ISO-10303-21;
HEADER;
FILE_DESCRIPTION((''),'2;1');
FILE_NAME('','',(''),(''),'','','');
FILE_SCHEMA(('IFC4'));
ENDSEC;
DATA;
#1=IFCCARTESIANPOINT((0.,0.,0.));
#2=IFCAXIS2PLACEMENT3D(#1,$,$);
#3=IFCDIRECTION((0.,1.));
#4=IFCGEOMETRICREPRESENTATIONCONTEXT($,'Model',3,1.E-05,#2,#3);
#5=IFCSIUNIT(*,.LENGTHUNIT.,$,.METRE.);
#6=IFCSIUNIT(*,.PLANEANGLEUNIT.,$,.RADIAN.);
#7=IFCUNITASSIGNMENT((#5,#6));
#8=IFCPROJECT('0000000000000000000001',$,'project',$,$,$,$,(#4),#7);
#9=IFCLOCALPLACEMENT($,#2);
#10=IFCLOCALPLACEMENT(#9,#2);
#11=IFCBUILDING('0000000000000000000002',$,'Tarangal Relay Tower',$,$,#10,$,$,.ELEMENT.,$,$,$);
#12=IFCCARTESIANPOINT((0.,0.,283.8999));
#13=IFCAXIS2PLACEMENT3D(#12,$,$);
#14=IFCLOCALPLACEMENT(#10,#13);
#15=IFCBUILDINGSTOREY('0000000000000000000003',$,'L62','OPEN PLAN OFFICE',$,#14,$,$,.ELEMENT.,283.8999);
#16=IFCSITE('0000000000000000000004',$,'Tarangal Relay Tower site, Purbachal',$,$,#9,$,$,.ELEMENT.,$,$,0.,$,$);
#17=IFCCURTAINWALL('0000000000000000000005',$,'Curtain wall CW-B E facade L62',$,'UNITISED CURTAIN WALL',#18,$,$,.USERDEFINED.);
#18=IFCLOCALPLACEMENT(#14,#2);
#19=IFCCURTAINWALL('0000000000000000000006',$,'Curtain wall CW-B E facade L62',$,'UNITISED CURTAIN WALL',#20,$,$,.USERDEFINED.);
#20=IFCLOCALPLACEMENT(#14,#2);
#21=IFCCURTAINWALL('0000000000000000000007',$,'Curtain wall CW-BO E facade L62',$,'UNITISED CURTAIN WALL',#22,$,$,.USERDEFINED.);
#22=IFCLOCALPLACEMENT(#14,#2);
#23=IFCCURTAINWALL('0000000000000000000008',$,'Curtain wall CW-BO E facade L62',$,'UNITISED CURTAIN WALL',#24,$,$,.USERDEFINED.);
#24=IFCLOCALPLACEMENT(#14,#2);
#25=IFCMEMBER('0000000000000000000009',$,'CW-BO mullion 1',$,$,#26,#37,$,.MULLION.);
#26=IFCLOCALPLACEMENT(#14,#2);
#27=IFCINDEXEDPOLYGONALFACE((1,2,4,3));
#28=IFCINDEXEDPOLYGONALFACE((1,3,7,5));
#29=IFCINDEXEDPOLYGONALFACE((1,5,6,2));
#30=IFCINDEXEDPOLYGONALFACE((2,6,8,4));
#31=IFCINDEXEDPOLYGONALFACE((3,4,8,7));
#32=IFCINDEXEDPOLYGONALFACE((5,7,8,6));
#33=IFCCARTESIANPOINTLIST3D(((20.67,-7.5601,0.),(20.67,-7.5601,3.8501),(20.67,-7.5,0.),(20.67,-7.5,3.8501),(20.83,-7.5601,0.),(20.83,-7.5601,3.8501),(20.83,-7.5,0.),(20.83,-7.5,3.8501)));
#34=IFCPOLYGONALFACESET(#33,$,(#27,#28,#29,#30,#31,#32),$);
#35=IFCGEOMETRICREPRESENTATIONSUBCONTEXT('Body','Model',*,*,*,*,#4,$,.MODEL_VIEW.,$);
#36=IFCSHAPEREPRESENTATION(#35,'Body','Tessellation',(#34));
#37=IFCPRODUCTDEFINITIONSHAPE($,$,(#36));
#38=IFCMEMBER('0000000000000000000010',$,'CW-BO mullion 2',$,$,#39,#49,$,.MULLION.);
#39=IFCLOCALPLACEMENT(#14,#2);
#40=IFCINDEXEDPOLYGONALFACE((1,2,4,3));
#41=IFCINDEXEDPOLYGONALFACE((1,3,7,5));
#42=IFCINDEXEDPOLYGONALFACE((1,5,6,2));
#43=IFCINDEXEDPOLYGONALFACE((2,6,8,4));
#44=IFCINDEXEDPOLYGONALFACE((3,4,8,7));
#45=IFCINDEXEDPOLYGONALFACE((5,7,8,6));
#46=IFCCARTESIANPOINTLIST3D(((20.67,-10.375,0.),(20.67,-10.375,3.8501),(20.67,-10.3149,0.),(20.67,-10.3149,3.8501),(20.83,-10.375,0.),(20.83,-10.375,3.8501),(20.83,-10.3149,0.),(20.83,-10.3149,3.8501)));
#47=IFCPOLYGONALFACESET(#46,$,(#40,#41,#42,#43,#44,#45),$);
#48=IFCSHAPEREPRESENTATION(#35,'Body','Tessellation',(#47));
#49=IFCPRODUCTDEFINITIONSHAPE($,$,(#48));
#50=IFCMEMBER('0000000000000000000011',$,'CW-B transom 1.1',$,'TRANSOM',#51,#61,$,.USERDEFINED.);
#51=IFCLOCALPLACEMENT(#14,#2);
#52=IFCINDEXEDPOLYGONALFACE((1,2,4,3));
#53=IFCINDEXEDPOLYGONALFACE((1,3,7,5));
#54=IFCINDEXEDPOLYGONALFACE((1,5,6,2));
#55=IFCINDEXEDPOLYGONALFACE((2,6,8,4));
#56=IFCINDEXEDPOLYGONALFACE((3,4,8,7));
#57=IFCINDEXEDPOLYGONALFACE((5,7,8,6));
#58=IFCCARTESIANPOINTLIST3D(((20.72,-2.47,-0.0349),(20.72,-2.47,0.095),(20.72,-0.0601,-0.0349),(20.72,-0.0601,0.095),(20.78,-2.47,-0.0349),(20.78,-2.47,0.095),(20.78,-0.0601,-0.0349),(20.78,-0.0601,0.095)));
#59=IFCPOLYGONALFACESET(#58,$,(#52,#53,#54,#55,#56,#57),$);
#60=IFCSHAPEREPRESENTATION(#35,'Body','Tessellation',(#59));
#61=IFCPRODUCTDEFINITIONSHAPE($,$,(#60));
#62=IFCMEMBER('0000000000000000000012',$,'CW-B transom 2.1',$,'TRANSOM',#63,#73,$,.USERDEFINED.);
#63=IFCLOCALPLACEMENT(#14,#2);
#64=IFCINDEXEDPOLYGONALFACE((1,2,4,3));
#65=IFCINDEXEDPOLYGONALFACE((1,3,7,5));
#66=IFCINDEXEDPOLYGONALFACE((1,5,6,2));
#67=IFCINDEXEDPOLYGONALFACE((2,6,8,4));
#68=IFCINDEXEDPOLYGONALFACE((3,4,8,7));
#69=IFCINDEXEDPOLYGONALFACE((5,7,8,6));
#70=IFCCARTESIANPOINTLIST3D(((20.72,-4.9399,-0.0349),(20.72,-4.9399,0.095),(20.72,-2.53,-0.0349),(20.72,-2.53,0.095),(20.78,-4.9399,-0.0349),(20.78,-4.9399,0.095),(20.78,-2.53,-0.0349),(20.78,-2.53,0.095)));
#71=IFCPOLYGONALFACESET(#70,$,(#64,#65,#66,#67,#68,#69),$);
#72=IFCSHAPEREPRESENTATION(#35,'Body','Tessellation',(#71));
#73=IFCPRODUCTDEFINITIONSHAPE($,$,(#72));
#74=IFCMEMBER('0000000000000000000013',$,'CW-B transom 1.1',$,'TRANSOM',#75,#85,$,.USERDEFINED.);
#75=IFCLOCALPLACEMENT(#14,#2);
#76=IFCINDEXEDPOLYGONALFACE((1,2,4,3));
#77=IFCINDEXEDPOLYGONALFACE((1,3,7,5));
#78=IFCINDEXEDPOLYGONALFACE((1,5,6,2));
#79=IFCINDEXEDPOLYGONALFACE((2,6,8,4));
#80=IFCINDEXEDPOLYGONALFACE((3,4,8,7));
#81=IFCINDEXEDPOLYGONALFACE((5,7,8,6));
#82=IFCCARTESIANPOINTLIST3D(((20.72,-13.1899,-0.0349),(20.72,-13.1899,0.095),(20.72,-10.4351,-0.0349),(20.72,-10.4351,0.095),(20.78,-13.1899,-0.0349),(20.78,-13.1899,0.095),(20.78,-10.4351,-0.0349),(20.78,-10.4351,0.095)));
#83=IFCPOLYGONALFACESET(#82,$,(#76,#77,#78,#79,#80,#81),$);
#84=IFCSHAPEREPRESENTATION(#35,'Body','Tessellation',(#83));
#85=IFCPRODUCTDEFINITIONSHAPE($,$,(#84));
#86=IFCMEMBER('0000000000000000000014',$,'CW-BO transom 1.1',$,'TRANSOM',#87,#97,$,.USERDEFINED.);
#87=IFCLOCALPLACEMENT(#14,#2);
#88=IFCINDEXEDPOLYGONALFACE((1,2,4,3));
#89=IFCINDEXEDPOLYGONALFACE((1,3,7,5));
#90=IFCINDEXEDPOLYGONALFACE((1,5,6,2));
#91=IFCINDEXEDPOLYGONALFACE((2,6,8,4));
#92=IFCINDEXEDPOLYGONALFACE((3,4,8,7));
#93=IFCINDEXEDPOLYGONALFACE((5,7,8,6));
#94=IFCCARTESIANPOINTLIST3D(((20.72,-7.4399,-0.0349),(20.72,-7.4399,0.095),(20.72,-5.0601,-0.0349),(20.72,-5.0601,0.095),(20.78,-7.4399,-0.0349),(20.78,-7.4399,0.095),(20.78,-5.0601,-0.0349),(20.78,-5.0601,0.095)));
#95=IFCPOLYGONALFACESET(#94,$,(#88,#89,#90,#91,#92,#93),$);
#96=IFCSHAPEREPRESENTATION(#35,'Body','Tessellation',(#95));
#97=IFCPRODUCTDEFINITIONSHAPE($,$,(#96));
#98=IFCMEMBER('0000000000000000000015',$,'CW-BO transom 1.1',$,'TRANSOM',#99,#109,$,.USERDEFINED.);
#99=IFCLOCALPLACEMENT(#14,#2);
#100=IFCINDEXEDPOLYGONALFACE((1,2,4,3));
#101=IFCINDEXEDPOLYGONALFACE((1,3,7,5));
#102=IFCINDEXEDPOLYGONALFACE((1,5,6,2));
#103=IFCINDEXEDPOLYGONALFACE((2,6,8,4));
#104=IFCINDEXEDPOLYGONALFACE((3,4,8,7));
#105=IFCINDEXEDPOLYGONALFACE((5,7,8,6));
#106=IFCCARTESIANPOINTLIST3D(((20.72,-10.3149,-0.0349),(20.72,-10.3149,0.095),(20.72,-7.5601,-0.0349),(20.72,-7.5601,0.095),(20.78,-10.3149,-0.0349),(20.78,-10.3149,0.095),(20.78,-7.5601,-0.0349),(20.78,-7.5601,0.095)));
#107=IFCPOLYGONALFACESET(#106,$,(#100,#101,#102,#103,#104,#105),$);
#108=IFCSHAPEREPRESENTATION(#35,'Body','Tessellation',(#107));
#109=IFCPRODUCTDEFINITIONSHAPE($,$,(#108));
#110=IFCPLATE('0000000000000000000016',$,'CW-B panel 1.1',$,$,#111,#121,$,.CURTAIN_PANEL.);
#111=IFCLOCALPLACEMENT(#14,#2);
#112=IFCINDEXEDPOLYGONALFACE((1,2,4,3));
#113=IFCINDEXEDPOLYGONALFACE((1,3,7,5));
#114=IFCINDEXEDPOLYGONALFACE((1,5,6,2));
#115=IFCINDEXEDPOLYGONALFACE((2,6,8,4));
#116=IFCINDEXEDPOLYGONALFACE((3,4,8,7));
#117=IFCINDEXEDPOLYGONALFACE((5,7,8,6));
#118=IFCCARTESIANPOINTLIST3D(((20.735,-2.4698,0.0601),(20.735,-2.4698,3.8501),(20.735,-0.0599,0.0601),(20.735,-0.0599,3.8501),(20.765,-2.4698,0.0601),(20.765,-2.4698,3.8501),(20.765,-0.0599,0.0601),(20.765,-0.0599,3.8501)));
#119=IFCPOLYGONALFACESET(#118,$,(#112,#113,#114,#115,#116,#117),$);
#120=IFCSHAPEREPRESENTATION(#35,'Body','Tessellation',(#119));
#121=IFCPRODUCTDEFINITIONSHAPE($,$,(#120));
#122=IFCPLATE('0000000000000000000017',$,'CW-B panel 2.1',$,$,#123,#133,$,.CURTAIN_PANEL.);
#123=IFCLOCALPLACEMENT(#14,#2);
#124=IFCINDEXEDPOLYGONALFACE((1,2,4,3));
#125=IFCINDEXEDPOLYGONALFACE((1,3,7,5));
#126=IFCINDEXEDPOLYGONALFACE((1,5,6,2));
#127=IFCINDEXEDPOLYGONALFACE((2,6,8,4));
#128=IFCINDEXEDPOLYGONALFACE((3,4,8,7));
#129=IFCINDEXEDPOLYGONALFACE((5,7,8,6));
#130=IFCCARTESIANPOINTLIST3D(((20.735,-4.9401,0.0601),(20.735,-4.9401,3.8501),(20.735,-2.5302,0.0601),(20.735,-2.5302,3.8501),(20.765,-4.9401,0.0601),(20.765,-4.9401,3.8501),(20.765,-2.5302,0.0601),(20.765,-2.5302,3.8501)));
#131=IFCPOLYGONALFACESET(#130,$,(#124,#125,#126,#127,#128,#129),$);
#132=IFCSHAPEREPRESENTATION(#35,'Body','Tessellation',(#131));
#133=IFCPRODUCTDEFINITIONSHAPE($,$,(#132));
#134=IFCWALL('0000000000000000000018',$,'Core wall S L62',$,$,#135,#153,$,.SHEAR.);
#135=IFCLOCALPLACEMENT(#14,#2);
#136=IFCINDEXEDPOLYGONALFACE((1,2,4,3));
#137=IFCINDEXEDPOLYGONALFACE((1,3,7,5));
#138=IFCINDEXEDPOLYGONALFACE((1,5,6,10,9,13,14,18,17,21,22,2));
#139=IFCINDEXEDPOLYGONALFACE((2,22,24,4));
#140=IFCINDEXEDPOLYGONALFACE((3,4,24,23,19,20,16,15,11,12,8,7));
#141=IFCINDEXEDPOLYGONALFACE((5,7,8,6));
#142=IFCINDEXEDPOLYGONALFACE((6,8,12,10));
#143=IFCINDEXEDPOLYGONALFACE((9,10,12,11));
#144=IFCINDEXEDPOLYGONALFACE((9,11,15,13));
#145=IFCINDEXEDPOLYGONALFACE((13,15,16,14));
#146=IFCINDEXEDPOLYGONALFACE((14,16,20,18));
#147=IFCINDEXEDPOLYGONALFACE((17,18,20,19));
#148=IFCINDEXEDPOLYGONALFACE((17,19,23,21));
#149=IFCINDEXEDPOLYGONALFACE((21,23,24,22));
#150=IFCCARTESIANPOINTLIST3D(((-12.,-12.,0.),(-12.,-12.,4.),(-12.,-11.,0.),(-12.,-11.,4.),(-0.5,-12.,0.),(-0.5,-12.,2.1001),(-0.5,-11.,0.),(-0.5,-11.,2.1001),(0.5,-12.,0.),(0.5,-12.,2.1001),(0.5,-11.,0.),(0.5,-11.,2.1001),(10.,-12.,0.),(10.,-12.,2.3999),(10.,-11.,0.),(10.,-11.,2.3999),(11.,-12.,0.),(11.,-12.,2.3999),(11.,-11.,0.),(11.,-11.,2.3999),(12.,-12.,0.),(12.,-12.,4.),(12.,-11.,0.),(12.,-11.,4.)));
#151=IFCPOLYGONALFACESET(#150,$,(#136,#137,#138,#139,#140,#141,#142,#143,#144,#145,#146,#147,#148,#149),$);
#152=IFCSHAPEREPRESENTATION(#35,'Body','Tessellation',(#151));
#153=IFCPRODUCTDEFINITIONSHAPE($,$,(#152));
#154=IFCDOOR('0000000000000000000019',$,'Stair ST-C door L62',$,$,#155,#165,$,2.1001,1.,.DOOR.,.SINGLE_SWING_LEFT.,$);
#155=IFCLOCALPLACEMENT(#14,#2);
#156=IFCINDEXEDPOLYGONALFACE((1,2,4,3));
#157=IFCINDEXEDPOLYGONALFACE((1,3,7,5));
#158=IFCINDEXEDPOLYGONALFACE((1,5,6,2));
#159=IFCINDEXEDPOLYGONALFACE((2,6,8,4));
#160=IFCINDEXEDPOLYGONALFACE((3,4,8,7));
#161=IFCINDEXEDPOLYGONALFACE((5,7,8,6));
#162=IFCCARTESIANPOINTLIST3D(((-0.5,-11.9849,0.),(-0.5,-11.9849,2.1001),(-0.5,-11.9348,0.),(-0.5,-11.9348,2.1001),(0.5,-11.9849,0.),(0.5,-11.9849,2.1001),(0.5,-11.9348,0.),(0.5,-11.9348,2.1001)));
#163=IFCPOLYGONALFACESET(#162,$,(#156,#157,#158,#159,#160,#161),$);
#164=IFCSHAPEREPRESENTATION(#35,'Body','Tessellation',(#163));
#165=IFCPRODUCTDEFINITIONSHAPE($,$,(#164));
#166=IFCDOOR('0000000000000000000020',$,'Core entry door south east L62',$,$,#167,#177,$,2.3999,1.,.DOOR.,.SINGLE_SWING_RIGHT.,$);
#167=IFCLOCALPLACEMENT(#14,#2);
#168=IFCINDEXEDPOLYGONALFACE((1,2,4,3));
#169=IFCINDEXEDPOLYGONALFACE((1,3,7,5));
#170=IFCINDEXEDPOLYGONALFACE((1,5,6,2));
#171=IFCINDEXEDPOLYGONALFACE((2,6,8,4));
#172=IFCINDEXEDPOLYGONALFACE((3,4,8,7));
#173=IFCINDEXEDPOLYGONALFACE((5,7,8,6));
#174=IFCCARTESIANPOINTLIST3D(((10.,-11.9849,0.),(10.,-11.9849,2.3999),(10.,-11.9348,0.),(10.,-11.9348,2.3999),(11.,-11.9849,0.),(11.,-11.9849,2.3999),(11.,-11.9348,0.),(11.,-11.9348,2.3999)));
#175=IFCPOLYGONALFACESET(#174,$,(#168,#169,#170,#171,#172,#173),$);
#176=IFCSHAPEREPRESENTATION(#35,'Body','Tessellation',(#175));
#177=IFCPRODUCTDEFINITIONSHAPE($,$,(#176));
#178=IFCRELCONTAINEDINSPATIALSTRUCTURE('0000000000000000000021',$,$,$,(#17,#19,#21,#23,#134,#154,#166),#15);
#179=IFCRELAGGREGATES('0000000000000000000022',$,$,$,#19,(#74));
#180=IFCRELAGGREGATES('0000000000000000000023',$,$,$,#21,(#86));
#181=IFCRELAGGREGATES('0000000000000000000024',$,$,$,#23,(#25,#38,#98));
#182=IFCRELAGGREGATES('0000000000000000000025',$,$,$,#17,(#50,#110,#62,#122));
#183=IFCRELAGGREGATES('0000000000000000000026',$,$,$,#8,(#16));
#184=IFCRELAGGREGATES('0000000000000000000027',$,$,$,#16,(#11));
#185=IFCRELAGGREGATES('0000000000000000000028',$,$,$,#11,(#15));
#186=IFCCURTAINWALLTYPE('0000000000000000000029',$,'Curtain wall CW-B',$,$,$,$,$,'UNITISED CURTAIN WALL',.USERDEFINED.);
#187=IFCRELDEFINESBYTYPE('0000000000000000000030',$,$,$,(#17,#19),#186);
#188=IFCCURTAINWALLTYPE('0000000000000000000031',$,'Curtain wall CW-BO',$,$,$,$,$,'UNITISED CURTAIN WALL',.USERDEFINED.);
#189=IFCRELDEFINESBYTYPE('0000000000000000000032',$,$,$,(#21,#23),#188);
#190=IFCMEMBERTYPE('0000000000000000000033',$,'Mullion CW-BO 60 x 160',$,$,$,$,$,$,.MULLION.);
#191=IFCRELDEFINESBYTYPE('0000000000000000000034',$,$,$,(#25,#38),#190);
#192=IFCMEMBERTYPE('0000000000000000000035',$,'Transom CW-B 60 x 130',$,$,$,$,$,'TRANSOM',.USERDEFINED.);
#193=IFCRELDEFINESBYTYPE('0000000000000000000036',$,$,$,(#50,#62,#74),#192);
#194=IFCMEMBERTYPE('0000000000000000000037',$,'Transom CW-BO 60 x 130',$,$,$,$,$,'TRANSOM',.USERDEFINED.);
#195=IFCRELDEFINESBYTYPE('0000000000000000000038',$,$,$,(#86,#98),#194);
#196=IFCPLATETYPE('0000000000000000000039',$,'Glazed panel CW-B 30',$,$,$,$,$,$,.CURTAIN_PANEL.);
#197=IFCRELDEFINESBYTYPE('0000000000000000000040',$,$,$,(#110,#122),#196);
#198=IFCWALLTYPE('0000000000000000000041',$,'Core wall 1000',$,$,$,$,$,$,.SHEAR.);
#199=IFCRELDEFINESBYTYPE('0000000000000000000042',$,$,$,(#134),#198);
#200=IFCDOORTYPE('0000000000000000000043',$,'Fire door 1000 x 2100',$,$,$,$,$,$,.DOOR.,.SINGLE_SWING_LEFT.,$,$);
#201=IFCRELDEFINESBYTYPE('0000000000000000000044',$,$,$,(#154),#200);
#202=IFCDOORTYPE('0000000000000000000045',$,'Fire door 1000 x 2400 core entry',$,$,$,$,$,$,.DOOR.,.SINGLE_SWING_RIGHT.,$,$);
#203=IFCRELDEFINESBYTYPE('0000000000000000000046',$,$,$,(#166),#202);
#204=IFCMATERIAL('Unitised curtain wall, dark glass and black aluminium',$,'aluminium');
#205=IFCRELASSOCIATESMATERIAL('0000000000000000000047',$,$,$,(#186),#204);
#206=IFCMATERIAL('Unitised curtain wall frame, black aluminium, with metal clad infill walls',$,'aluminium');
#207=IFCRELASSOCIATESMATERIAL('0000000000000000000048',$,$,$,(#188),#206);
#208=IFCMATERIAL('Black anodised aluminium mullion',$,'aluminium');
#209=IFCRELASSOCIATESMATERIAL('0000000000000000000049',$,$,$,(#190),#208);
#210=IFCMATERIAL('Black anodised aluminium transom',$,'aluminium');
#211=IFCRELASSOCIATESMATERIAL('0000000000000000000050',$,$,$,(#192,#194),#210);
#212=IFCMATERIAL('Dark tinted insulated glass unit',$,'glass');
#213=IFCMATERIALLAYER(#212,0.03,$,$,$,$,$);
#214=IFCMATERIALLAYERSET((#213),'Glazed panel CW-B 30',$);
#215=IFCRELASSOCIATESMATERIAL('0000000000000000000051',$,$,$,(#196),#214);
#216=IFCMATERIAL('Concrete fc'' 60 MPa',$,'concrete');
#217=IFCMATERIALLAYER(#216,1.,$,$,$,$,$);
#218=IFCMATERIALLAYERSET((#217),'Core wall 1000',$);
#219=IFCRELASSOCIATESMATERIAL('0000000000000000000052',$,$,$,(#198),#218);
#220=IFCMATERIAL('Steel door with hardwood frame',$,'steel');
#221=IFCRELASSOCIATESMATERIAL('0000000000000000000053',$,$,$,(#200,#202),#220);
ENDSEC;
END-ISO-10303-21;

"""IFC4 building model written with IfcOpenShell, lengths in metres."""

from ifc_helpers import new_model, si_unit, direction, frame, frame_2d, origin, origin_2d, place, context, subcontext, project, spatial, rectangle, extrude, material, layer, layer_set, material_profile, profile_set, type_object, element, fill, aggregate, save


model = new_model("IFC4")

# Units and contexts
model_context = context("Model", 3, precision=1e-05, world=origin(), true_north=direction((0.0, 1.0)))
body_context = subcontext(model_context, "Body", "Model", "MODEL_VIEW")
ifc_project = project(units=[si_unit("LENGTHUNIT", "METRE"), si_unit("PLANEANGLEUNIT", "RADIAN")], contexts=[model_context])

# Site, building, storey
site_placement = place(None, origin())
site = spatial("IfcSite", under=ifc_project, at=site_placement, Name="Tarangal Relay Tower site, Purbachal", CompositionType="ELEMENT", RefElevation=0.0)
building_placement = place(site_placement, origin())
building = spatial("IfcBuilding", under=site, at=building_placement, Name="Tarangal Relay Tower", CompositionType="ELEMENT")
storey_placement = place(building_placement, frame((0.0, 0.0, 283.8999)))
storey = spatial("IfcBuildingStorey", under=building, at=storey_placement, Name="L62", Description="OPEN PLAN OFFICE", CompositionType="ELEMENT", Elevation=283.8999)

# Curtain wall
ifc_material_1 = material(Name="Unitised curtain wall, dark glass and black aluminium", Category="aluminium")
curtain_wall_type_1 = type_object("IfcCurtainWallType", Name="Curtain wall CW-B", ElementType="UNITISED CURTAIN WALL", PredefinedType="USERDEFINED", material=ifc_material_1)
curtain_wall_1_placement = place(storey_placement, origin())
curtain_wall_1 = element("IfcCurtainWall", 1, at=curtain_wall_1_placement, inside=storey, type_object=curtain_wall_type_1, Name="Curtain wall CW-B E facade L62", ObjectType="UNITISED CURTAIN WALL", PredefinedType="USERDEFINED")
ifc_material_2 = material(Name="Black anodised aluminium mullion", Category="aluminium")

# Curtain wall
curtain_wall_2_placement = place(storey_placement, origin())
curtain_wall_2 = element("IfcCurtainWall", 2, at=curtain_wall_2_placement, inside=storey, type_object=curtain_wall_type_1, Name="Curtain wall CW-B E facade L62", ObjectType="UNITISED CURTAIN WALL", PredefinedType="USERDEFINED")

# Curtain walls, members
ifc_material_3 = material(Name="Unitised curtain wall frame, black aluminium, with metal clad infill walls", Category="aluminium")
curtain_wall_type_2 = type_object("IfcCurtainWallType", Name="Curtain wall CW-BO", ElementType="UNITISED CURTAIN WALL", PredefinedType="USERDEFINED", material=ifc_material_3)
curtain_wall_3_placement = place(storey_placement, origin())
curtain_wall_3 = element("IfcCurtainWall", 3, at=curtain_wall_3_placement, inside=storey, type_object=curtain_wall_type_2, Name="Curtain wall CW-BO E facade L62", ObjectType="UNITISED CURTAIN WALL", PredefinedType="USERDEFINED")
ifc_material_profile_1 = material_profile(ifc_material_2, rectangle(XDim=0.1599, YDim=0.0601, at=origin_2d()), Name="CW-BOM 60X160")
ifc_profile_set_1 = profile_set([ifc_material_profile_1], Name="Black anodised aluminium mullion")
member_type_1 = type_object("IfcMemberType", Name="Mullion CW-BO 60 x 160", PredefinedType="MULLION", material=ifc_profile_set_1)
curtain_wall_4_placement = place(storey_placement, origin())
curtain_wall_4 = element("IfcCurtainWall", 4, at=curtain_wall_4_placement, inside=storey, type_object=curtain_wall_type_2, Name="Curtain wall CW-BO E facade L62", ObjectType="UNITISED CURTAIN WALL", PredefinedType="USERDEFINED")
member_1_placement = place(storey_placement, frame((20.75, -7.53, 0.0), z_axis=(0.0, 0.0, 1.0), x_axis=(1.0, 0.0, 0.0)))
member_1 = element("IfcMember", 5, at=member_1_placement, type_object=member_type_1, Name="CW-BO mullion 1", PredefinedType="MULLION", context=body_context, shape_type="SweptSolid", body=[
    extrude(rectangle(XDim=0.1599, YDim=0.0601, at=origin_2d()), origin(), (0.0, 0.0, 1.0), 3.8501),
])
member_2_placement = place(storey_placement, frame((20.75, -10.345, 0.0), z_axis=(0.0, 0.0, 1.0), x_axis=(1.0, 0.0, 0.0)))
member_2 = element("IfcMember", 6, at=member_2_placement, type_object=member_type_1, Name="CW-BO mullion 2", PredefinedType="MULLION", context=body_context, shape_type="SweptSolid", body=[
    extrude(rectangle(XDim=0.1599, YDim=0.0601, at=origin_2d()), origin(), (0.0, 0.0, 1.0), 3.8501),
])

# Members
ifc_material_4 = material(Name="Black anodised aluminium transom", Category="aluminium")
ifc_material_profile_2 = material_profile(ifc_material_4, rectangle(XDim=0.0601, YDim=0.1299, at=origin_2d()), Name="CW-BT 60X130")
ifc_profile_set_2 = profile_set([ifc_material_profile_2], Name="Black anodised aluminium transom")
member_type_2 = type_object("IfcMemberType", Name="Transom CW-B 60 x 130", ElementType="TRANSOM", PredefinedType="USERDEFINED", material=ifc_profile_set_2)
member_3_placement = place(storey_placement, frame((20.75, -0.0601, 0.03), z_axis=(0.0, -1.0, 0.0), x_axis=(1.0, 0.0, 0.0)))
member_3 = element("IfcMember", 7, at=member_3_placement, type_object=member_type_2, Name="CW-B transom 1.1", ObjectType="TRANSOM", PredefinedType="USERDEFINED", context=body_context, shape_type="SweptSolid", body=[
    extrude(rectangle(XDim=0.0601, YDim=0.1299, at=origin_2d()), origin(), (0.0, 0.0, 1.0), 2.4099),
])
member_4_placement = place(storey_placement, frame((20.75, -2.53, 0.03), z_axis=(0.0, -1.0, 0.0), x_axis=(1.0, 0.0, 0.0)))
member_4 = element("IfcMember", 8, at=member_4_placement, type_object=member_type_2, Name="CW-B transom 2.1", ObjectType="TRANSOM", PredefinedType="USERDEFINED", context=body_context, shape_type="SweptSolid", body=[
    extrude(rectangle(XDim=0.0601, YDim=0.1299, at=origin_2d()), origin(), (0.0, 0.0, 1.0), 2.4099),
])
member_5_placement = place(storey_placement, frame((20.75, -10.4351, 0.03), z_axis=(0.0, -1.0, 0.0), x_axis=(1.0, 0.0, 0.0)))
member_5 = element("IfcMember", 9, at=member_5_placement, type_object=member_type_2, Name="CW-B transom 1.1", ObjectType="TRANSOM", PredefinedType="USERDEFINED", context=body_context, shape_type="SweptSolid", body=[
    extrude(rectangle(XDim=0.0601, YDim=0.1299, at=origin_2d()), origin(), (0.0, 0.0, 1.0), 2.7549),
])
aggregate(curtain_wall_2, [member_5])
ifc_material_profile_3 = material_profile(ifc_material_4, rectangle(XDim=0.0601, YDim=0.1299, at=origin_2d()), Name="CW-BOT 60X130")
ifc_profile_set_3 = profile_set([ifc_material_profile_3], Name="Black anodised aluminium transom")
member_type_3 = type_object("IfcMemberType", Name="Transom CW-BO 60 x 130", ElementType="TRANSOM", PredefinedType="USERDEFINED", material=ifc_profile_set_3)
member_6_placement = place(storey_placement, frame((20.75, -5.0601, 0.03), z_axis=(0.0, -1.0, 0.0), x_axis=(1.0, 0.0, 0.0)))
member_6 = element("IfcMember", 10, at=member_6_placement, type_object=member_type_3, Name="CW-BO transom 1.1", ObjectType="TRANSOM", PredefinedType="USERDEFINED", context=body_context, shape_type="SweptSolid", body=[
    extrude(rectangle(XDim=0.0601, YDim=0.1299, at=origin_2d()), origin(), (0.0, 0.0, 1.0), 2.3799),
])
aggregate(curtain_wall_3, [member_6])
member_7_placement = place(storey_placement, frame((20.75, -7.5601, 0.03), z_axis=(0.0, -1.0, 0.0), x_axis=(1.0, 0.0, 0.0)))
member_7 = element("IfcMember", 11, at=member_7_placement, type_object=member_type_3, Name="CW-BO transom 1.1", ObjectType="TRANSOM", PredefinedType="USERDEFINED", context=body_context, shape_type="SweptSolid", body=[
    extrude(rectangle(XDim=0.0601, YDim=0.1299, at=origin_2d()), origin(), (0.0, 0.0, 1.0), 2.7549),
])
aggregate(curtain_wall_4, [member_1, member_2, member_7])

# Plates
ifc_material_5 = material(Name="Dark tinted insulated glass unit", Category="glass")
ifc_layer_1 = layer(ifc_material_5, 0.03)
ifc_layer_set_1 = layer_set([ifc_layer_1], Name="Glazed panel CW-B 30")
plate_type = type_object("IfcPlateType", Name="Glazed panel CW-B 30", PredefinedType="CURTAIN_PANEL", material=ifc_layer_set_1)
plate_1_placement = place(storey_placement, frame((20.75, -1.2649, 0.0601), z_axis=(0.0, 0.0, 1.0), x_axis=(0.0, -1.0, 0.0)))
plate_1 = element("IfcPlate", 12, at=plate_1_placement, type_object=plate_type, Name="CW-B panel 1.1", PredefinedType="CURTAIN_PANEL", context=body_context, shape_type="SweptSolid", body=[
    extrude(rectangle(XDim=2.4099, YDim=0.03, at=origin_2d()), origin(), (0.0, 0.0, 1.0), 3.79),
])
plate_2_placement = place(storey_placement, frame((20.75, -3.7351, 0.0601), z_axis=(0.0, 0.0, 1.0), x_axis=(0.0, -1.0, 0.0)))
plate_2 = element("IfcPlate", 13, at=plate_2_placement, type_object=plate_type, Name="CW-B panel 2.1", PredefinedType="CURTAIN_PANEL", context=body_context, shape_type="SweptSolid", body=[
    extrude(rectangle(XDim=2.4099, YDim=0.03, at=origin_2d()), origin(), (0.0, 0.0, 1.0), 3.79),
])
aggregate(curtain_wall_1, [member_3, plate_1, member_4, plate_2])

# Wall, openings, doors
ifc_material_6 = material(Name="Concrete fc' 60 MPa", Category="concrete")
ifc_layer_2 = layer(ifc_material_6, 1.0)
ifc_layer_set_2 = layer_set([ifc_layer_2], Name="Core wall 1000")
wall_type_1 = type_object("IfcWallType", Name="Core wall 1000", PredefinedType="SHEAR", material=ifc_layer_set_2)
wall_1_placement = place(storey_placement, frame((12.0, -11.5, 0.0), z_axis=(0.0, 0.0, 1.0), x_axis=(-1.0, 0.0, 0.0)))
wall_1 = element("IfcWall", 14, at=wall_1_placement, inside=storey, type_object=wall_type_1, Name="Core wall S L62", PredefinedType="SHEAR", context=body_context, shape_type="SweptSolid", body=[
    extrude(rectangle(XDim=24.0, YDim=1.0, at=frame_2d((12.0, 0.0))), origin(), (0.0, 0.0, 1.0), 4.0),
])
opening_1_placement = place(wall_1_placement, frame((11.5, 0.0, 0.0)))
opening_1 = element("IfcOpeningElement", 15, at=opening_1_placement, cuts=wall_1, PredefinedType="OPENING", context=body_context, shape_type="SweptSolid", body=[
    extrude(rectangle(XDim=1.0, YDim=2.1001, at=frame_2d((0.5, 1.05))), frame((0.0, 0.51, 0.0), z_axis=(0.0, -1.0, 0.0), x_axis=(1.0, 0.0, 0.0)), (0.0, 0.0, 1.0), 1.02),
])
opening_2_placement = place(wall_1_placement, frame((1.0, 0.0, 0.0)))
opening_2 = element("IfcOpeningElement", 16, at=opening_2_placement, cuts=wall_1, PredefinedType="OPENING", context=body_context, shape_type="SweptSolid", body=[
    extrude(rectangle(XDim=1.0, YDim=2.3999, at=frame_2d((0.5, 1.2))), frame((0.0, 0.51, 0.0), z_axis=(0.0, -1.0, 0.0), x_axis=(1.0, 0.0, 0.0)), (0.0, 0.0, 1.0), 1.02),
])
ifc_material_7 = material(Name="Steel door with hardwood frame", Category="steel")
door_type_1 = type_object("IfcDoorType", Name="Fire door 1000 x 2100", OperationType="SINGLE_SWING_LEFT", PredefinedType="DOOR", material=ifc_material_7)
door_1_placement = place(opening_1_placement, origin())
door_1 = element("IfcDoor", 17, at=door_1_placement, inside=storey, type_object=door_type_1, Name="Stair ST-C door L62", OperationType="SINGLE_SWING_LEFT", OverallHeight=2.1001, OverallWidth=1.0, PredefinedType="DOOR", context=body_context, shape_type="SweptSolid", body=[
    extrude(rectangle(XDim=1.0, YDim=2.1001, at=frame_2d((0.5, 1.05))), frame((0.0, 0.4849, 0.0), z_axis=(0.0, -1.0, 0.0), x_axis=(1.0, 0.0, 0.0)), (0.0, 0.0, 1.0), 0.05),
])
fill(opening_1, door_1)
door_type_2 = type_object("IfcDoorType", Name="Fire door 1000 x 2400 core entry", OperationType="SINGLE_SWING_RIGHT", PredefinedType="DOOR", material=ifc_material_7)
door_2_placement = place(opening_2_placement, origin())
door_2 = element("IfcDoor", 18, at=door_2_placement, inside=storey, type_object=door_type_2, Name="Core entry door south east L62", OperationType="SINGLE_SWING_RIGHT", OverallHeight=2.3999, OverallWidth=1.0, PredefinedType="DOOR", context=body_context, shape_type="SweptSolid", body=[
    extrude(rectangle(XDim=1.0, YDim=2.3999, at=frame_2d((0.5, 1.2))), frame((0.0, 0.4849, 0.0), z_axis=(0.0, -1.0, 0.0), x_axis=(1.0, 0.0, 0.0)), (0.0, 0.0, 1.0), 0.05),
])
fill(opening_2, door_2)

save(model, "model.ifc")
